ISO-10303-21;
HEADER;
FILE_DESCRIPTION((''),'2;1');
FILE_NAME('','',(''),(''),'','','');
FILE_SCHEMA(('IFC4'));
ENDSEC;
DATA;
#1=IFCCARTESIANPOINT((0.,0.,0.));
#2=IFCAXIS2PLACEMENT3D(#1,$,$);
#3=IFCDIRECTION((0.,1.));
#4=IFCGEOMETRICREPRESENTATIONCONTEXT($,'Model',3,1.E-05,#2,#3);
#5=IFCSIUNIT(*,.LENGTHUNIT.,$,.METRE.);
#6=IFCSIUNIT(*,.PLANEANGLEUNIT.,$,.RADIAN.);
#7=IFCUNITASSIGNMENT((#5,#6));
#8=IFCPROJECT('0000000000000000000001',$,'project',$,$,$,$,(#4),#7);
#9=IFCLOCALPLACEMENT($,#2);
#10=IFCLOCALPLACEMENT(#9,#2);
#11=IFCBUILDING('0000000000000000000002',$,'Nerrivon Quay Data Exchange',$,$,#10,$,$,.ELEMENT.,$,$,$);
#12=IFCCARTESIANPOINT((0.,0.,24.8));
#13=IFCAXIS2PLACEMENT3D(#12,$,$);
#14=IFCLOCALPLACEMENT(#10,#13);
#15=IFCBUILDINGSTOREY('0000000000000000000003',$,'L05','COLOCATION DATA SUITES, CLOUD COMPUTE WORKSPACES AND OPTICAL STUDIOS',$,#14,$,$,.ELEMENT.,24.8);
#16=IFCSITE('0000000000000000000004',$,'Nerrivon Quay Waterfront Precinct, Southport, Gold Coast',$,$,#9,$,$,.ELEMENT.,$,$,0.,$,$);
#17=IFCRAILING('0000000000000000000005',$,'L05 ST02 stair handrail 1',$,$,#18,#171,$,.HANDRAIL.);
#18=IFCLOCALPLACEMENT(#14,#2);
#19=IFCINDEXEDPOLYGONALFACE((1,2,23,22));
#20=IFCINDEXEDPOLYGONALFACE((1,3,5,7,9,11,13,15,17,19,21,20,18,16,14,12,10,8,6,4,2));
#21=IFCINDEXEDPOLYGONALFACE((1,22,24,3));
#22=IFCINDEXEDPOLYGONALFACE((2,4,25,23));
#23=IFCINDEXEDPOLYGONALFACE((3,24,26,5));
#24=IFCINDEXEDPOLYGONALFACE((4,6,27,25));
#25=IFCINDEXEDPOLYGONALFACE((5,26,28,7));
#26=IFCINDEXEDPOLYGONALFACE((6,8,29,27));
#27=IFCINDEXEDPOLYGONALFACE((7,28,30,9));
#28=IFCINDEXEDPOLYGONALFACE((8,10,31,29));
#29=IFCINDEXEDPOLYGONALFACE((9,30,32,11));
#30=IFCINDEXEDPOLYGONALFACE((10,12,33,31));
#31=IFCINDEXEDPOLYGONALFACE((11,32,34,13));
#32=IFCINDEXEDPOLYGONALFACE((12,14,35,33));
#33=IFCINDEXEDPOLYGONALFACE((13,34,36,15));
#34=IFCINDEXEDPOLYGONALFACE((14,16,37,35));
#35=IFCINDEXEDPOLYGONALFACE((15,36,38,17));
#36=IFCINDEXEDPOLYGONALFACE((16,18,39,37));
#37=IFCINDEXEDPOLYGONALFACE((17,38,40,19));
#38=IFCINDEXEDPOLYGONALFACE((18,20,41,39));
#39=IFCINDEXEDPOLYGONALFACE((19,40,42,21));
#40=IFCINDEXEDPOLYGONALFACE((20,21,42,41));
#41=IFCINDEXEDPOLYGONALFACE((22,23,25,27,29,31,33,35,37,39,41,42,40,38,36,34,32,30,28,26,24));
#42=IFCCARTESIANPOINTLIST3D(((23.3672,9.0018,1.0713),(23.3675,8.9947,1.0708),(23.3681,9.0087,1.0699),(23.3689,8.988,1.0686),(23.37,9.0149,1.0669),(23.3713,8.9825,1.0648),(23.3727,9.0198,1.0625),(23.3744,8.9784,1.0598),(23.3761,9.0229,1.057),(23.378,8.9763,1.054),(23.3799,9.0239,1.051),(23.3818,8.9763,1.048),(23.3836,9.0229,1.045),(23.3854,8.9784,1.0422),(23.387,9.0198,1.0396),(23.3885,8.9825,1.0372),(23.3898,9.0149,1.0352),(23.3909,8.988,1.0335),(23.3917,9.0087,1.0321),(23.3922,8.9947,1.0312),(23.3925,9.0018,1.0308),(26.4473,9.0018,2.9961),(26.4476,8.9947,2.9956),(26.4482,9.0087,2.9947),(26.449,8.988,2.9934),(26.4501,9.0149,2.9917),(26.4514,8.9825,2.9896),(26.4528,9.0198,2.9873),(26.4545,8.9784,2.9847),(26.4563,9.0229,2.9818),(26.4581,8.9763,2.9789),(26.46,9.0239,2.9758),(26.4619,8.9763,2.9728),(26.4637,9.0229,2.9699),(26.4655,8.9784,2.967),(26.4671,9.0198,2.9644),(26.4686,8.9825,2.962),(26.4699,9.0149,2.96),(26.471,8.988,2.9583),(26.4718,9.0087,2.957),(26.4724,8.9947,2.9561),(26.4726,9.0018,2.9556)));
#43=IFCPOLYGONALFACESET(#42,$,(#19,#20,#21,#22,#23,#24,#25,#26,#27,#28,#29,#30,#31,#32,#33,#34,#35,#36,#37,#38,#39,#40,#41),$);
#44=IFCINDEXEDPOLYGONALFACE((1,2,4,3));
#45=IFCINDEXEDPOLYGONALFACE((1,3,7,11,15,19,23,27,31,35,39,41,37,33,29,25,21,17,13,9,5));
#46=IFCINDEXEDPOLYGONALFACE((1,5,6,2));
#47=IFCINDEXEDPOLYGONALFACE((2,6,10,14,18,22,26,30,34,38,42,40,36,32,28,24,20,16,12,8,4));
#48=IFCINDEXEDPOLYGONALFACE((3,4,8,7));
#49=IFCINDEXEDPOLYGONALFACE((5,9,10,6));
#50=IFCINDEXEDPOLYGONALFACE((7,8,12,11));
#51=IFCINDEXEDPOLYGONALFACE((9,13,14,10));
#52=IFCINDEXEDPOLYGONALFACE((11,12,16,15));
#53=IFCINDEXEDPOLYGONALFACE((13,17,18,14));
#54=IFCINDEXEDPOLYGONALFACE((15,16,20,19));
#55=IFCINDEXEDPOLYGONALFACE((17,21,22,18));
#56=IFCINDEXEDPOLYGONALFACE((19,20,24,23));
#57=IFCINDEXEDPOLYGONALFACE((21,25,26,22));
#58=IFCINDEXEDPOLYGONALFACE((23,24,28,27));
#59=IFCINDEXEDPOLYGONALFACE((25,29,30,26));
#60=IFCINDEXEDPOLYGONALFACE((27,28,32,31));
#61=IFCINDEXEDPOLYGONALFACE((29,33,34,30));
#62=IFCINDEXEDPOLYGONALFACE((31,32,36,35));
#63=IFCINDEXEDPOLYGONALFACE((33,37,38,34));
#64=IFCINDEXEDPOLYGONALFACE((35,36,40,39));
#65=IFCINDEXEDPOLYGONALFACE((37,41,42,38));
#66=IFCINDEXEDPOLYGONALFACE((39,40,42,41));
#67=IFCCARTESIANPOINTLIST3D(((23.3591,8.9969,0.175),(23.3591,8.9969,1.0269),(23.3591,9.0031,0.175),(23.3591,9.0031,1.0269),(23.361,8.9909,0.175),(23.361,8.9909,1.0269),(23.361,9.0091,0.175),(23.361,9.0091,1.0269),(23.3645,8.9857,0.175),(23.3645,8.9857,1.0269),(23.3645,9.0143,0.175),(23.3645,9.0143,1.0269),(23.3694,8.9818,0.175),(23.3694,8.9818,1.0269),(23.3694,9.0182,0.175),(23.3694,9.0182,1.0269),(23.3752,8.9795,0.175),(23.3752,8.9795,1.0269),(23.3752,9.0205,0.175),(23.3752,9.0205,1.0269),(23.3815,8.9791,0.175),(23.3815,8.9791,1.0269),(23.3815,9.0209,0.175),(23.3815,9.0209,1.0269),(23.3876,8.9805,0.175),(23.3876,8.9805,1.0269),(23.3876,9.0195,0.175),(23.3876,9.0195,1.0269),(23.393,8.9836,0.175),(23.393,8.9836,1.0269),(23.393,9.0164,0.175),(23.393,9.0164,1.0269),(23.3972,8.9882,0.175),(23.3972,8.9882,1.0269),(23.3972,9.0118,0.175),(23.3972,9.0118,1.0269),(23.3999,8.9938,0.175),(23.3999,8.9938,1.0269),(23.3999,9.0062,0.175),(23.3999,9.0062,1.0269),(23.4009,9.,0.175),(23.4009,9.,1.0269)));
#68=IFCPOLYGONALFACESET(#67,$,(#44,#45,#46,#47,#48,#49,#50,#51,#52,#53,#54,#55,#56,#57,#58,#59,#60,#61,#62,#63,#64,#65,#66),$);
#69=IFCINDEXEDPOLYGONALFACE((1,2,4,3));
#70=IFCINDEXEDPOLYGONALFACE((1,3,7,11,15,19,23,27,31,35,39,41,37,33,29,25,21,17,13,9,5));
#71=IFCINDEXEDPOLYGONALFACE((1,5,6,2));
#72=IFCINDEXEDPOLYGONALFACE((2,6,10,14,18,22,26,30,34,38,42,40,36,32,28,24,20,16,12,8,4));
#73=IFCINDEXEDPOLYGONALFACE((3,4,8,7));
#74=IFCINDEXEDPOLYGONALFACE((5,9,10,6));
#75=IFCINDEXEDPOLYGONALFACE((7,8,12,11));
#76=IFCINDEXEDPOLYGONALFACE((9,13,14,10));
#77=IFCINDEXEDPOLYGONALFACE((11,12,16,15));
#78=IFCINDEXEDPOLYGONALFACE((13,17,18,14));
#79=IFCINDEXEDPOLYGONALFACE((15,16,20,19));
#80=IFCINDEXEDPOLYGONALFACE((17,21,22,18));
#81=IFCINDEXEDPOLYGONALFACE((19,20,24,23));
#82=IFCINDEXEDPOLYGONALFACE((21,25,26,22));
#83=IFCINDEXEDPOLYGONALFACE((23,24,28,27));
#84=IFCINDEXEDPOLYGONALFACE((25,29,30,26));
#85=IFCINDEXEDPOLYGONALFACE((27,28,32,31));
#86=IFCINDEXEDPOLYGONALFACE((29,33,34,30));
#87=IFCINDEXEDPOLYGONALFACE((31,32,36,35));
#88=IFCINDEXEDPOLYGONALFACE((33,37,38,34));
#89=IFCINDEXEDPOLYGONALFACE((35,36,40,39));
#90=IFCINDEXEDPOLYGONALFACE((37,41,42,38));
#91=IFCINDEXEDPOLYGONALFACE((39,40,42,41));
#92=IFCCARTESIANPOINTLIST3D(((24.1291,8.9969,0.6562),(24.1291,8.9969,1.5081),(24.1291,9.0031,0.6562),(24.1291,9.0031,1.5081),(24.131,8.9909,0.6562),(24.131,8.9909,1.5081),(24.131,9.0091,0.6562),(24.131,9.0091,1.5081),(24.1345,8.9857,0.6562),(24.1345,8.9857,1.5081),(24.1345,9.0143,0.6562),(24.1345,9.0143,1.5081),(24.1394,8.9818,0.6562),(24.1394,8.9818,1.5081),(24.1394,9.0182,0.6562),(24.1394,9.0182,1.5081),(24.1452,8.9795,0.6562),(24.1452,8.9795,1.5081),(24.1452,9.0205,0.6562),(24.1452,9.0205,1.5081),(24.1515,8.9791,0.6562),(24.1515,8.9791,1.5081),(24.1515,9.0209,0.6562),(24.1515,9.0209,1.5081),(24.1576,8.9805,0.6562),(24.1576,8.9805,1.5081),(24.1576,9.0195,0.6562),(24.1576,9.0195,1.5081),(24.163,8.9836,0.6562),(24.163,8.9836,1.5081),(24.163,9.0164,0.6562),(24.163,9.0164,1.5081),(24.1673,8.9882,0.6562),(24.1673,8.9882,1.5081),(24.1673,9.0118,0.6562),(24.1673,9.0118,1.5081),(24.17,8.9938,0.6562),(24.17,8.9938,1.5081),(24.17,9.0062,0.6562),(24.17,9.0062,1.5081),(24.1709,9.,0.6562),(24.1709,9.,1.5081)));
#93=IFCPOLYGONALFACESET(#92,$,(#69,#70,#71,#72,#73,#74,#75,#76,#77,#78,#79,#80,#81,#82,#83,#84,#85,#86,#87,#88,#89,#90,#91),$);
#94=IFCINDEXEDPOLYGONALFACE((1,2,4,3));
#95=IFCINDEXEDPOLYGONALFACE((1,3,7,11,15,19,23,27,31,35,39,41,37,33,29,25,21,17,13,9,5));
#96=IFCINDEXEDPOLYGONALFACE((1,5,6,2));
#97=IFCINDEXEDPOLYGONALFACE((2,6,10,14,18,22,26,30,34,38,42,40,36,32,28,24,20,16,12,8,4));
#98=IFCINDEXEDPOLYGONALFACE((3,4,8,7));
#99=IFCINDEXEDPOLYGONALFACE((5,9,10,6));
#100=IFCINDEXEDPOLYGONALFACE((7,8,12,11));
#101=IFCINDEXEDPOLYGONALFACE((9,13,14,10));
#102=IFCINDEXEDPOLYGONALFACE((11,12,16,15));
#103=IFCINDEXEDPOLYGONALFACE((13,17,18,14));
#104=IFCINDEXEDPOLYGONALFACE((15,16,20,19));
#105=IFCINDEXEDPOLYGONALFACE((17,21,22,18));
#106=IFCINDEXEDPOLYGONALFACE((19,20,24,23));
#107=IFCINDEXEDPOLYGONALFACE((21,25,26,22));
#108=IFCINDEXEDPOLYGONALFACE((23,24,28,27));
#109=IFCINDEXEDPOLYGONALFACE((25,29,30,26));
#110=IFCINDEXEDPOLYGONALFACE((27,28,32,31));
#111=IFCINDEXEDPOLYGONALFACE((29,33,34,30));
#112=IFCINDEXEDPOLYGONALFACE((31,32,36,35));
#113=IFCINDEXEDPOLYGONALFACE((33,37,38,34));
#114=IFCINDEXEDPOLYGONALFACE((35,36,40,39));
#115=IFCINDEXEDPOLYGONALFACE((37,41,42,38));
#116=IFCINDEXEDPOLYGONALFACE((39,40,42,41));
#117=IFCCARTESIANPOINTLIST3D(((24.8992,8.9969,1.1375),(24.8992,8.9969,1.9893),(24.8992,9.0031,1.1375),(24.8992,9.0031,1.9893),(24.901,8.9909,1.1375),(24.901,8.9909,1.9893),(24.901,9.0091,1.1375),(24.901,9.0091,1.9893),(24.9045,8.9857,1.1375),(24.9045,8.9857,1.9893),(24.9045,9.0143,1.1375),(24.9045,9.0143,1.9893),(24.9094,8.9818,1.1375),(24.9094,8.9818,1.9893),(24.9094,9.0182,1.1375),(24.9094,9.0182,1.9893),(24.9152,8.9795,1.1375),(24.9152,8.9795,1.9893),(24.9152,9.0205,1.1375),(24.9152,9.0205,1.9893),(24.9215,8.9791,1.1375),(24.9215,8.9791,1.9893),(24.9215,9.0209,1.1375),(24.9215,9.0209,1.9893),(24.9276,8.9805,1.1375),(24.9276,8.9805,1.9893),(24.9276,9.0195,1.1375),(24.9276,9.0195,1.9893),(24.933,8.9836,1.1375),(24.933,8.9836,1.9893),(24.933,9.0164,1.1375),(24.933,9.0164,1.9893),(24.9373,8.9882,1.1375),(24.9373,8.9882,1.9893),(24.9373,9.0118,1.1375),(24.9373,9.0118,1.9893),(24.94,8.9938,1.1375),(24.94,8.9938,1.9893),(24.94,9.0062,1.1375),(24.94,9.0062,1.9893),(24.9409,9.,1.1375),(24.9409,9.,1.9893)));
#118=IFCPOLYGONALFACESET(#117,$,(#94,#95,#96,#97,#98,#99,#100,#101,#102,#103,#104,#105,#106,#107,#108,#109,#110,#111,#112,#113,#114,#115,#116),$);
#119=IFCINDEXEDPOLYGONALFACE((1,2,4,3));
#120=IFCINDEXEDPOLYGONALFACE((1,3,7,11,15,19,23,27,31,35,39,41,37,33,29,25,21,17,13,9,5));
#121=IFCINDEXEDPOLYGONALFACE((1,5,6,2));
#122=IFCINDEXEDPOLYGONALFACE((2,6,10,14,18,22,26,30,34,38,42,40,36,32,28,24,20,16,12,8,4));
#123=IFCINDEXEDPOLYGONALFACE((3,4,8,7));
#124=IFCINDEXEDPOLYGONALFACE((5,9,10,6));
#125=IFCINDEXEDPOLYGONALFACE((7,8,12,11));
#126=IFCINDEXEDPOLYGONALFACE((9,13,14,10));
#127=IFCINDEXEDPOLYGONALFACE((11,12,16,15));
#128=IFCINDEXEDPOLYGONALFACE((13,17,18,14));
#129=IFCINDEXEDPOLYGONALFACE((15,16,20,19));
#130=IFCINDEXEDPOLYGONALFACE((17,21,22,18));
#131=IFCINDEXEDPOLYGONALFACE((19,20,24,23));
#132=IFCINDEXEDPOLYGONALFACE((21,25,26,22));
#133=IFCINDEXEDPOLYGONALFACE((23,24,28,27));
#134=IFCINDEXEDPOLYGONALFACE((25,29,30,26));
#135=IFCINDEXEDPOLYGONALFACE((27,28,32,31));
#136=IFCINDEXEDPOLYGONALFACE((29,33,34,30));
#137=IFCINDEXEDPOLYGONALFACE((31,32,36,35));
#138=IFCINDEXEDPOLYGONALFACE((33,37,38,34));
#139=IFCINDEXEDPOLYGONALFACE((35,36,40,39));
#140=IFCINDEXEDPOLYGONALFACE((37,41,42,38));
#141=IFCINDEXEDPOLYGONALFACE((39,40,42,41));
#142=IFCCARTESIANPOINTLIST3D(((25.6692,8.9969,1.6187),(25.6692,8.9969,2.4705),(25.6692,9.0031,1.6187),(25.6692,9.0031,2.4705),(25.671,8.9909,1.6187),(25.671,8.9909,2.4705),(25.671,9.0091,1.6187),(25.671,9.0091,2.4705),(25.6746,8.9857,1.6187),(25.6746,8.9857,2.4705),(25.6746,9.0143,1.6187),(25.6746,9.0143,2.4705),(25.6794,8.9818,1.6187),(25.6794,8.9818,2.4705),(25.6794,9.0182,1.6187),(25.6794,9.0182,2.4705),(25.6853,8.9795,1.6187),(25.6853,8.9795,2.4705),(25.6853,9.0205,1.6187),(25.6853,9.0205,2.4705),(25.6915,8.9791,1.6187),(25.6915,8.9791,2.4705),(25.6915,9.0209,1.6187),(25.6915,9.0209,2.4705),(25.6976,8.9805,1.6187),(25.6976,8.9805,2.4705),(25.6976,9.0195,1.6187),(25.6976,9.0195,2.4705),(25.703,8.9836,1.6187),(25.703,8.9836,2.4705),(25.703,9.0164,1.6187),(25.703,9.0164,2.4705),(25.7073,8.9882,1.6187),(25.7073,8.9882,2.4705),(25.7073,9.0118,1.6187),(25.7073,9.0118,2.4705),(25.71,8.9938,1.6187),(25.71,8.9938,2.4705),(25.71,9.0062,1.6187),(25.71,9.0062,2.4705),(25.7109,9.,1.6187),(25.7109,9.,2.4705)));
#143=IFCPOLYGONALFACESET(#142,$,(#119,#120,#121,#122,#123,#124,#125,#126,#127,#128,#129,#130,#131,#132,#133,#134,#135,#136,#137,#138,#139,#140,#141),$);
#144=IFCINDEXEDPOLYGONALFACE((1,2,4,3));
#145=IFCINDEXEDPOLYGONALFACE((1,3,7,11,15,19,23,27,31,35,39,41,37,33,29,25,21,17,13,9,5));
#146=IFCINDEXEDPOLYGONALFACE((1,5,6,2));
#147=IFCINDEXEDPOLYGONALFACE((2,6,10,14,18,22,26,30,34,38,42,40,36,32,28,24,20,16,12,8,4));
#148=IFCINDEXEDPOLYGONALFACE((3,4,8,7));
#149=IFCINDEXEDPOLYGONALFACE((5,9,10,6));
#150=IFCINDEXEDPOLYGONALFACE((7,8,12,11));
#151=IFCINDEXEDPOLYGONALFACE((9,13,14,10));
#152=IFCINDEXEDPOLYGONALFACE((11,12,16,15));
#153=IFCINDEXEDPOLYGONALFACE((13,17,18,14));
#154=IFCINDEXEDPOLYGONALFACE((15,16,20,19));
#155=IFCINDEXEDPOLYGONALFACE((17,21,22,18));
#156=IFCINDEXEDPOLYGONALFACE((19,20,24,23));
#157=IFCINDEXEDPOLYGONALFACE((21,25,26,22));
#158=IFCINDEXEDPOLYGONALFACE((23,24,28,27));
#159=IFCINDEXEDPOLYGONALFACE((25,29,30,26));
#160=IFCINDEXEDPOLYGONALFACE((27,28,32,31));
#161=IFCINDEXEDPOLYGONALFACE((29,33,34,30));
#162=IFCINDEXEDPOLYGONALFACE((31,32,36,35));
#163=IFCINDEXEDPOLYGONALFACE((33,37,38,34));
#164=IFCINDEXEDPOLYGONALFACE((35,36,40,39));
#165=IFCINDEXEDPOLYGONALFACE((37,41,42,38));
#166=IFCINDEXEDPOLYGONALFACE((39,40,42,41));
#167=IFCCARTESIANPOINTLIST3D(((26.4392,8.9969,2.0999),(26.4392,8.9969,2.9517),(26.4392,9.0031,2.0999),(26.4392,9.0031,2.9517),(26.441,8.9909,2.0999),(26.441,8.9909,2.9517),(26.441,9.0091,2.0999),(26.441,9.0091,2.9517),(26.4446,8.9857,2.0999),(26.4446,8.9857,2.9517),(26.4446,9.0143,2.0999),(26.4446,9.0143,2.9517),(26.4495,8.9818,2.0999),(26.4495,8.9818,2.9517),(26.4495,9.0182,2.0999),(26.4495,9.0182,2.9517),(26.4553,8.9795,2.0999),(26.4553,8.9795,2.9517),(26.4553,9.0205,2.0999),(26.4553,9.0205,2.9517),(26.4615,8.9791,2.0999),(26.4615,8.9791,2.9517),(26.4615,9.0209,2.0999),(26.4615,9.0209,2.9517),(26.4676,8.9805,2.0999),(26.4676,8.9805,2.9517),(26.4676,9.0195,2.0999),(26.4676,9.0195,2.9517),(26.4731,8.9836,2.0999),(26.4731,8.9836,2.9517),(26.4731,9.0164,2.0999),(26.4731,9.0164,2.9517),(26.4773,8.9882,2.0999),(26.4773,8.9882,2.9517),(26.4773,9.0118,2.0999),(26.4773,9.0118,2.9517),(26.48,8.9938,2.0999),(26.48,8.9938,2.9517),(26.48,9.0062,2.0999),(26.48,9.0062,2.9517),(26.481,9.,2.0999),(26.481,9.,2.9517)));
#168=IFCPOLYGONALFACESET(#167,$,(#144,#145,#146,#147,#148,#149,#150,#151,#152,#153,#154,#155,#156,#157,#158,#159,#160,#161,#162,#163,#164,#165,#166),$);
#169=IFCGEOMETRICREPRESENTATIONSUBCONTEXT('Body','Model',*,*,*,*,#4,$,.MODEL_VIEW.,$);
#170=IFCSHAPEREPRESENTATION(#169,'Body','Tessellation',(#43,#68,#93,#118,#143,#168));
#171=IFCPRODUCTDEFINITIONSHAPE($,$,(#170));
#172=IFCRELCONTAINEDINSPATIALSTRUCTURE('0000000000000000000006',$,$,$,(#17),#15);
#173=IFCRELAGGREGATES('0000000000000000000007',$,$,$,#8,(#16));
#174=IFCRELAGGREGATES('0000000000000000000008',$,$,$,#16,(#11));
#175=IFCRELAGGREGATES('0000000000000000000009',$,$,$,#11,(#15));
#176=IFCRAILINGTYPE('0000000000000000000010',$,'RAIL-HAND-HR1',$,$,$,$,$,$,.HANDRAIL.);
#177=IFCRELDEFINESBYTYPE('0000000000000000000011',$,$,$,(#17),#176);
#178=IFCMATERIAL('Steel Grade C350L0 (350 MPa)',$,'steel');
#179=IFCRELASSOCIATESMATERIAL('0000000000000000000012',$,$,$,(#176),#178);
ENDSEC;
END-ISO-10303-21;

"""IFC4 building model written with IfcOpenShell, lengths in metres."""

from ifc_helpers import new_model, si_unit, direction, frame, origin, origin_2d, place, context, subcontext, project, spatial, circle, extrude, material, type_object, element, save


model = new_model("IFC4")

# Units and contexts
model_context = context("Model", 3, precision=1e-05, world=origin(), true_north=direction((0.0, 1.0)))
body_context = subcontext(model_context, "Body", "Model", "MODEL_VIEW")
ifc_project = project(units=[si_unit("LENGTHUNIT", "METRE"), si_unit("PLANEANGLEUNIT", "RADIAN")], contexts=[model_context])

# Site, building, storey
site_placement = place(None, origin())
site = spatial("IfcSite", under=ifc_project, at=site_placement, Name="Nerrivon Quay Waterfront Precinct, Southport, Gold Coast", CompositionType="ELEMENT", RefElevation=0.0)
building_placement = place(site_placement, origin())
building = spatial("IfcBuilding", under=site, at=building_placement, Name="Nerrivon Quay Data Exchange", CompositionType="ELEMENT")
storey_placement = place(building_placement, frame((0.0, 0.0, 24.8)))
storey = spatial("IfcBuildingStorey", under=building, at=storey_placement, Name="L05", Description="COLOCATION DATA SUITES, CLOUD COMPUTE WORKSPACES AND OPTICAL STUDIOS", CompositionType="ELEMENT", Elevation=24.8)

# Railing
ifc_material_1 = material(Name="Steel Grade C350L0 (350 MPa)", Category="steel")
railing_type_1 = type_object("IfcRailingType", Name="RAIL-HAND-HR1", PredefinedType="HANDRAIL", material=ifc_material_1)
railing_1_placement = place(storey_placement, frame((23.3799, 9.0, 0.175)))
element("IfcRailing", 1, at=railing_1_placement, inside=storey, type_object=railing_type_1, Name="L05 ST02 stair handrail 1", PredefinedType="HANDRAIL", context=body_context, shape_type="SweptSolid", body=[
    extrude(circle(Radius=0.0239, at=origin_2d()), frame((0.0, 0.0, 0.876), z_axis=(0.848029, 0.0, 0.529951), x_axis=(0.0, 1.0, 0.0)), (0.0, 0.0, 1.0), 3.6321),
    extrude(circle(Radius=0.021, at=origin_2d()), origin(), (0.0, 0.0, 1.0), 0.8518),
    extrude(circle(Radius=0.021, at=origin_2d()), frame((0.77, 0.0, 0.4812)), (0.0, 0.0, 1.0), 0.8518),
    extrude(circle(Radius=0.021, at=origin_2d()), frame((1.54, 0.0, 0.9624)), (0.0, 0.0, 1.0), 0.8518),
    extrude(circle(Radius=0.021, at=origin_2d()), frame((2.3101, 0.0, 1.4436)), (0.0, 0.0, 1.0), 0.8518),
    extrude(circle(Radius=0.021, at=origin_2d()), frame((3.0801, 0.0, 1.9248)), (0.0, 0.0, 1.0), 0.8518),
])

save(model, "model.ifc")
